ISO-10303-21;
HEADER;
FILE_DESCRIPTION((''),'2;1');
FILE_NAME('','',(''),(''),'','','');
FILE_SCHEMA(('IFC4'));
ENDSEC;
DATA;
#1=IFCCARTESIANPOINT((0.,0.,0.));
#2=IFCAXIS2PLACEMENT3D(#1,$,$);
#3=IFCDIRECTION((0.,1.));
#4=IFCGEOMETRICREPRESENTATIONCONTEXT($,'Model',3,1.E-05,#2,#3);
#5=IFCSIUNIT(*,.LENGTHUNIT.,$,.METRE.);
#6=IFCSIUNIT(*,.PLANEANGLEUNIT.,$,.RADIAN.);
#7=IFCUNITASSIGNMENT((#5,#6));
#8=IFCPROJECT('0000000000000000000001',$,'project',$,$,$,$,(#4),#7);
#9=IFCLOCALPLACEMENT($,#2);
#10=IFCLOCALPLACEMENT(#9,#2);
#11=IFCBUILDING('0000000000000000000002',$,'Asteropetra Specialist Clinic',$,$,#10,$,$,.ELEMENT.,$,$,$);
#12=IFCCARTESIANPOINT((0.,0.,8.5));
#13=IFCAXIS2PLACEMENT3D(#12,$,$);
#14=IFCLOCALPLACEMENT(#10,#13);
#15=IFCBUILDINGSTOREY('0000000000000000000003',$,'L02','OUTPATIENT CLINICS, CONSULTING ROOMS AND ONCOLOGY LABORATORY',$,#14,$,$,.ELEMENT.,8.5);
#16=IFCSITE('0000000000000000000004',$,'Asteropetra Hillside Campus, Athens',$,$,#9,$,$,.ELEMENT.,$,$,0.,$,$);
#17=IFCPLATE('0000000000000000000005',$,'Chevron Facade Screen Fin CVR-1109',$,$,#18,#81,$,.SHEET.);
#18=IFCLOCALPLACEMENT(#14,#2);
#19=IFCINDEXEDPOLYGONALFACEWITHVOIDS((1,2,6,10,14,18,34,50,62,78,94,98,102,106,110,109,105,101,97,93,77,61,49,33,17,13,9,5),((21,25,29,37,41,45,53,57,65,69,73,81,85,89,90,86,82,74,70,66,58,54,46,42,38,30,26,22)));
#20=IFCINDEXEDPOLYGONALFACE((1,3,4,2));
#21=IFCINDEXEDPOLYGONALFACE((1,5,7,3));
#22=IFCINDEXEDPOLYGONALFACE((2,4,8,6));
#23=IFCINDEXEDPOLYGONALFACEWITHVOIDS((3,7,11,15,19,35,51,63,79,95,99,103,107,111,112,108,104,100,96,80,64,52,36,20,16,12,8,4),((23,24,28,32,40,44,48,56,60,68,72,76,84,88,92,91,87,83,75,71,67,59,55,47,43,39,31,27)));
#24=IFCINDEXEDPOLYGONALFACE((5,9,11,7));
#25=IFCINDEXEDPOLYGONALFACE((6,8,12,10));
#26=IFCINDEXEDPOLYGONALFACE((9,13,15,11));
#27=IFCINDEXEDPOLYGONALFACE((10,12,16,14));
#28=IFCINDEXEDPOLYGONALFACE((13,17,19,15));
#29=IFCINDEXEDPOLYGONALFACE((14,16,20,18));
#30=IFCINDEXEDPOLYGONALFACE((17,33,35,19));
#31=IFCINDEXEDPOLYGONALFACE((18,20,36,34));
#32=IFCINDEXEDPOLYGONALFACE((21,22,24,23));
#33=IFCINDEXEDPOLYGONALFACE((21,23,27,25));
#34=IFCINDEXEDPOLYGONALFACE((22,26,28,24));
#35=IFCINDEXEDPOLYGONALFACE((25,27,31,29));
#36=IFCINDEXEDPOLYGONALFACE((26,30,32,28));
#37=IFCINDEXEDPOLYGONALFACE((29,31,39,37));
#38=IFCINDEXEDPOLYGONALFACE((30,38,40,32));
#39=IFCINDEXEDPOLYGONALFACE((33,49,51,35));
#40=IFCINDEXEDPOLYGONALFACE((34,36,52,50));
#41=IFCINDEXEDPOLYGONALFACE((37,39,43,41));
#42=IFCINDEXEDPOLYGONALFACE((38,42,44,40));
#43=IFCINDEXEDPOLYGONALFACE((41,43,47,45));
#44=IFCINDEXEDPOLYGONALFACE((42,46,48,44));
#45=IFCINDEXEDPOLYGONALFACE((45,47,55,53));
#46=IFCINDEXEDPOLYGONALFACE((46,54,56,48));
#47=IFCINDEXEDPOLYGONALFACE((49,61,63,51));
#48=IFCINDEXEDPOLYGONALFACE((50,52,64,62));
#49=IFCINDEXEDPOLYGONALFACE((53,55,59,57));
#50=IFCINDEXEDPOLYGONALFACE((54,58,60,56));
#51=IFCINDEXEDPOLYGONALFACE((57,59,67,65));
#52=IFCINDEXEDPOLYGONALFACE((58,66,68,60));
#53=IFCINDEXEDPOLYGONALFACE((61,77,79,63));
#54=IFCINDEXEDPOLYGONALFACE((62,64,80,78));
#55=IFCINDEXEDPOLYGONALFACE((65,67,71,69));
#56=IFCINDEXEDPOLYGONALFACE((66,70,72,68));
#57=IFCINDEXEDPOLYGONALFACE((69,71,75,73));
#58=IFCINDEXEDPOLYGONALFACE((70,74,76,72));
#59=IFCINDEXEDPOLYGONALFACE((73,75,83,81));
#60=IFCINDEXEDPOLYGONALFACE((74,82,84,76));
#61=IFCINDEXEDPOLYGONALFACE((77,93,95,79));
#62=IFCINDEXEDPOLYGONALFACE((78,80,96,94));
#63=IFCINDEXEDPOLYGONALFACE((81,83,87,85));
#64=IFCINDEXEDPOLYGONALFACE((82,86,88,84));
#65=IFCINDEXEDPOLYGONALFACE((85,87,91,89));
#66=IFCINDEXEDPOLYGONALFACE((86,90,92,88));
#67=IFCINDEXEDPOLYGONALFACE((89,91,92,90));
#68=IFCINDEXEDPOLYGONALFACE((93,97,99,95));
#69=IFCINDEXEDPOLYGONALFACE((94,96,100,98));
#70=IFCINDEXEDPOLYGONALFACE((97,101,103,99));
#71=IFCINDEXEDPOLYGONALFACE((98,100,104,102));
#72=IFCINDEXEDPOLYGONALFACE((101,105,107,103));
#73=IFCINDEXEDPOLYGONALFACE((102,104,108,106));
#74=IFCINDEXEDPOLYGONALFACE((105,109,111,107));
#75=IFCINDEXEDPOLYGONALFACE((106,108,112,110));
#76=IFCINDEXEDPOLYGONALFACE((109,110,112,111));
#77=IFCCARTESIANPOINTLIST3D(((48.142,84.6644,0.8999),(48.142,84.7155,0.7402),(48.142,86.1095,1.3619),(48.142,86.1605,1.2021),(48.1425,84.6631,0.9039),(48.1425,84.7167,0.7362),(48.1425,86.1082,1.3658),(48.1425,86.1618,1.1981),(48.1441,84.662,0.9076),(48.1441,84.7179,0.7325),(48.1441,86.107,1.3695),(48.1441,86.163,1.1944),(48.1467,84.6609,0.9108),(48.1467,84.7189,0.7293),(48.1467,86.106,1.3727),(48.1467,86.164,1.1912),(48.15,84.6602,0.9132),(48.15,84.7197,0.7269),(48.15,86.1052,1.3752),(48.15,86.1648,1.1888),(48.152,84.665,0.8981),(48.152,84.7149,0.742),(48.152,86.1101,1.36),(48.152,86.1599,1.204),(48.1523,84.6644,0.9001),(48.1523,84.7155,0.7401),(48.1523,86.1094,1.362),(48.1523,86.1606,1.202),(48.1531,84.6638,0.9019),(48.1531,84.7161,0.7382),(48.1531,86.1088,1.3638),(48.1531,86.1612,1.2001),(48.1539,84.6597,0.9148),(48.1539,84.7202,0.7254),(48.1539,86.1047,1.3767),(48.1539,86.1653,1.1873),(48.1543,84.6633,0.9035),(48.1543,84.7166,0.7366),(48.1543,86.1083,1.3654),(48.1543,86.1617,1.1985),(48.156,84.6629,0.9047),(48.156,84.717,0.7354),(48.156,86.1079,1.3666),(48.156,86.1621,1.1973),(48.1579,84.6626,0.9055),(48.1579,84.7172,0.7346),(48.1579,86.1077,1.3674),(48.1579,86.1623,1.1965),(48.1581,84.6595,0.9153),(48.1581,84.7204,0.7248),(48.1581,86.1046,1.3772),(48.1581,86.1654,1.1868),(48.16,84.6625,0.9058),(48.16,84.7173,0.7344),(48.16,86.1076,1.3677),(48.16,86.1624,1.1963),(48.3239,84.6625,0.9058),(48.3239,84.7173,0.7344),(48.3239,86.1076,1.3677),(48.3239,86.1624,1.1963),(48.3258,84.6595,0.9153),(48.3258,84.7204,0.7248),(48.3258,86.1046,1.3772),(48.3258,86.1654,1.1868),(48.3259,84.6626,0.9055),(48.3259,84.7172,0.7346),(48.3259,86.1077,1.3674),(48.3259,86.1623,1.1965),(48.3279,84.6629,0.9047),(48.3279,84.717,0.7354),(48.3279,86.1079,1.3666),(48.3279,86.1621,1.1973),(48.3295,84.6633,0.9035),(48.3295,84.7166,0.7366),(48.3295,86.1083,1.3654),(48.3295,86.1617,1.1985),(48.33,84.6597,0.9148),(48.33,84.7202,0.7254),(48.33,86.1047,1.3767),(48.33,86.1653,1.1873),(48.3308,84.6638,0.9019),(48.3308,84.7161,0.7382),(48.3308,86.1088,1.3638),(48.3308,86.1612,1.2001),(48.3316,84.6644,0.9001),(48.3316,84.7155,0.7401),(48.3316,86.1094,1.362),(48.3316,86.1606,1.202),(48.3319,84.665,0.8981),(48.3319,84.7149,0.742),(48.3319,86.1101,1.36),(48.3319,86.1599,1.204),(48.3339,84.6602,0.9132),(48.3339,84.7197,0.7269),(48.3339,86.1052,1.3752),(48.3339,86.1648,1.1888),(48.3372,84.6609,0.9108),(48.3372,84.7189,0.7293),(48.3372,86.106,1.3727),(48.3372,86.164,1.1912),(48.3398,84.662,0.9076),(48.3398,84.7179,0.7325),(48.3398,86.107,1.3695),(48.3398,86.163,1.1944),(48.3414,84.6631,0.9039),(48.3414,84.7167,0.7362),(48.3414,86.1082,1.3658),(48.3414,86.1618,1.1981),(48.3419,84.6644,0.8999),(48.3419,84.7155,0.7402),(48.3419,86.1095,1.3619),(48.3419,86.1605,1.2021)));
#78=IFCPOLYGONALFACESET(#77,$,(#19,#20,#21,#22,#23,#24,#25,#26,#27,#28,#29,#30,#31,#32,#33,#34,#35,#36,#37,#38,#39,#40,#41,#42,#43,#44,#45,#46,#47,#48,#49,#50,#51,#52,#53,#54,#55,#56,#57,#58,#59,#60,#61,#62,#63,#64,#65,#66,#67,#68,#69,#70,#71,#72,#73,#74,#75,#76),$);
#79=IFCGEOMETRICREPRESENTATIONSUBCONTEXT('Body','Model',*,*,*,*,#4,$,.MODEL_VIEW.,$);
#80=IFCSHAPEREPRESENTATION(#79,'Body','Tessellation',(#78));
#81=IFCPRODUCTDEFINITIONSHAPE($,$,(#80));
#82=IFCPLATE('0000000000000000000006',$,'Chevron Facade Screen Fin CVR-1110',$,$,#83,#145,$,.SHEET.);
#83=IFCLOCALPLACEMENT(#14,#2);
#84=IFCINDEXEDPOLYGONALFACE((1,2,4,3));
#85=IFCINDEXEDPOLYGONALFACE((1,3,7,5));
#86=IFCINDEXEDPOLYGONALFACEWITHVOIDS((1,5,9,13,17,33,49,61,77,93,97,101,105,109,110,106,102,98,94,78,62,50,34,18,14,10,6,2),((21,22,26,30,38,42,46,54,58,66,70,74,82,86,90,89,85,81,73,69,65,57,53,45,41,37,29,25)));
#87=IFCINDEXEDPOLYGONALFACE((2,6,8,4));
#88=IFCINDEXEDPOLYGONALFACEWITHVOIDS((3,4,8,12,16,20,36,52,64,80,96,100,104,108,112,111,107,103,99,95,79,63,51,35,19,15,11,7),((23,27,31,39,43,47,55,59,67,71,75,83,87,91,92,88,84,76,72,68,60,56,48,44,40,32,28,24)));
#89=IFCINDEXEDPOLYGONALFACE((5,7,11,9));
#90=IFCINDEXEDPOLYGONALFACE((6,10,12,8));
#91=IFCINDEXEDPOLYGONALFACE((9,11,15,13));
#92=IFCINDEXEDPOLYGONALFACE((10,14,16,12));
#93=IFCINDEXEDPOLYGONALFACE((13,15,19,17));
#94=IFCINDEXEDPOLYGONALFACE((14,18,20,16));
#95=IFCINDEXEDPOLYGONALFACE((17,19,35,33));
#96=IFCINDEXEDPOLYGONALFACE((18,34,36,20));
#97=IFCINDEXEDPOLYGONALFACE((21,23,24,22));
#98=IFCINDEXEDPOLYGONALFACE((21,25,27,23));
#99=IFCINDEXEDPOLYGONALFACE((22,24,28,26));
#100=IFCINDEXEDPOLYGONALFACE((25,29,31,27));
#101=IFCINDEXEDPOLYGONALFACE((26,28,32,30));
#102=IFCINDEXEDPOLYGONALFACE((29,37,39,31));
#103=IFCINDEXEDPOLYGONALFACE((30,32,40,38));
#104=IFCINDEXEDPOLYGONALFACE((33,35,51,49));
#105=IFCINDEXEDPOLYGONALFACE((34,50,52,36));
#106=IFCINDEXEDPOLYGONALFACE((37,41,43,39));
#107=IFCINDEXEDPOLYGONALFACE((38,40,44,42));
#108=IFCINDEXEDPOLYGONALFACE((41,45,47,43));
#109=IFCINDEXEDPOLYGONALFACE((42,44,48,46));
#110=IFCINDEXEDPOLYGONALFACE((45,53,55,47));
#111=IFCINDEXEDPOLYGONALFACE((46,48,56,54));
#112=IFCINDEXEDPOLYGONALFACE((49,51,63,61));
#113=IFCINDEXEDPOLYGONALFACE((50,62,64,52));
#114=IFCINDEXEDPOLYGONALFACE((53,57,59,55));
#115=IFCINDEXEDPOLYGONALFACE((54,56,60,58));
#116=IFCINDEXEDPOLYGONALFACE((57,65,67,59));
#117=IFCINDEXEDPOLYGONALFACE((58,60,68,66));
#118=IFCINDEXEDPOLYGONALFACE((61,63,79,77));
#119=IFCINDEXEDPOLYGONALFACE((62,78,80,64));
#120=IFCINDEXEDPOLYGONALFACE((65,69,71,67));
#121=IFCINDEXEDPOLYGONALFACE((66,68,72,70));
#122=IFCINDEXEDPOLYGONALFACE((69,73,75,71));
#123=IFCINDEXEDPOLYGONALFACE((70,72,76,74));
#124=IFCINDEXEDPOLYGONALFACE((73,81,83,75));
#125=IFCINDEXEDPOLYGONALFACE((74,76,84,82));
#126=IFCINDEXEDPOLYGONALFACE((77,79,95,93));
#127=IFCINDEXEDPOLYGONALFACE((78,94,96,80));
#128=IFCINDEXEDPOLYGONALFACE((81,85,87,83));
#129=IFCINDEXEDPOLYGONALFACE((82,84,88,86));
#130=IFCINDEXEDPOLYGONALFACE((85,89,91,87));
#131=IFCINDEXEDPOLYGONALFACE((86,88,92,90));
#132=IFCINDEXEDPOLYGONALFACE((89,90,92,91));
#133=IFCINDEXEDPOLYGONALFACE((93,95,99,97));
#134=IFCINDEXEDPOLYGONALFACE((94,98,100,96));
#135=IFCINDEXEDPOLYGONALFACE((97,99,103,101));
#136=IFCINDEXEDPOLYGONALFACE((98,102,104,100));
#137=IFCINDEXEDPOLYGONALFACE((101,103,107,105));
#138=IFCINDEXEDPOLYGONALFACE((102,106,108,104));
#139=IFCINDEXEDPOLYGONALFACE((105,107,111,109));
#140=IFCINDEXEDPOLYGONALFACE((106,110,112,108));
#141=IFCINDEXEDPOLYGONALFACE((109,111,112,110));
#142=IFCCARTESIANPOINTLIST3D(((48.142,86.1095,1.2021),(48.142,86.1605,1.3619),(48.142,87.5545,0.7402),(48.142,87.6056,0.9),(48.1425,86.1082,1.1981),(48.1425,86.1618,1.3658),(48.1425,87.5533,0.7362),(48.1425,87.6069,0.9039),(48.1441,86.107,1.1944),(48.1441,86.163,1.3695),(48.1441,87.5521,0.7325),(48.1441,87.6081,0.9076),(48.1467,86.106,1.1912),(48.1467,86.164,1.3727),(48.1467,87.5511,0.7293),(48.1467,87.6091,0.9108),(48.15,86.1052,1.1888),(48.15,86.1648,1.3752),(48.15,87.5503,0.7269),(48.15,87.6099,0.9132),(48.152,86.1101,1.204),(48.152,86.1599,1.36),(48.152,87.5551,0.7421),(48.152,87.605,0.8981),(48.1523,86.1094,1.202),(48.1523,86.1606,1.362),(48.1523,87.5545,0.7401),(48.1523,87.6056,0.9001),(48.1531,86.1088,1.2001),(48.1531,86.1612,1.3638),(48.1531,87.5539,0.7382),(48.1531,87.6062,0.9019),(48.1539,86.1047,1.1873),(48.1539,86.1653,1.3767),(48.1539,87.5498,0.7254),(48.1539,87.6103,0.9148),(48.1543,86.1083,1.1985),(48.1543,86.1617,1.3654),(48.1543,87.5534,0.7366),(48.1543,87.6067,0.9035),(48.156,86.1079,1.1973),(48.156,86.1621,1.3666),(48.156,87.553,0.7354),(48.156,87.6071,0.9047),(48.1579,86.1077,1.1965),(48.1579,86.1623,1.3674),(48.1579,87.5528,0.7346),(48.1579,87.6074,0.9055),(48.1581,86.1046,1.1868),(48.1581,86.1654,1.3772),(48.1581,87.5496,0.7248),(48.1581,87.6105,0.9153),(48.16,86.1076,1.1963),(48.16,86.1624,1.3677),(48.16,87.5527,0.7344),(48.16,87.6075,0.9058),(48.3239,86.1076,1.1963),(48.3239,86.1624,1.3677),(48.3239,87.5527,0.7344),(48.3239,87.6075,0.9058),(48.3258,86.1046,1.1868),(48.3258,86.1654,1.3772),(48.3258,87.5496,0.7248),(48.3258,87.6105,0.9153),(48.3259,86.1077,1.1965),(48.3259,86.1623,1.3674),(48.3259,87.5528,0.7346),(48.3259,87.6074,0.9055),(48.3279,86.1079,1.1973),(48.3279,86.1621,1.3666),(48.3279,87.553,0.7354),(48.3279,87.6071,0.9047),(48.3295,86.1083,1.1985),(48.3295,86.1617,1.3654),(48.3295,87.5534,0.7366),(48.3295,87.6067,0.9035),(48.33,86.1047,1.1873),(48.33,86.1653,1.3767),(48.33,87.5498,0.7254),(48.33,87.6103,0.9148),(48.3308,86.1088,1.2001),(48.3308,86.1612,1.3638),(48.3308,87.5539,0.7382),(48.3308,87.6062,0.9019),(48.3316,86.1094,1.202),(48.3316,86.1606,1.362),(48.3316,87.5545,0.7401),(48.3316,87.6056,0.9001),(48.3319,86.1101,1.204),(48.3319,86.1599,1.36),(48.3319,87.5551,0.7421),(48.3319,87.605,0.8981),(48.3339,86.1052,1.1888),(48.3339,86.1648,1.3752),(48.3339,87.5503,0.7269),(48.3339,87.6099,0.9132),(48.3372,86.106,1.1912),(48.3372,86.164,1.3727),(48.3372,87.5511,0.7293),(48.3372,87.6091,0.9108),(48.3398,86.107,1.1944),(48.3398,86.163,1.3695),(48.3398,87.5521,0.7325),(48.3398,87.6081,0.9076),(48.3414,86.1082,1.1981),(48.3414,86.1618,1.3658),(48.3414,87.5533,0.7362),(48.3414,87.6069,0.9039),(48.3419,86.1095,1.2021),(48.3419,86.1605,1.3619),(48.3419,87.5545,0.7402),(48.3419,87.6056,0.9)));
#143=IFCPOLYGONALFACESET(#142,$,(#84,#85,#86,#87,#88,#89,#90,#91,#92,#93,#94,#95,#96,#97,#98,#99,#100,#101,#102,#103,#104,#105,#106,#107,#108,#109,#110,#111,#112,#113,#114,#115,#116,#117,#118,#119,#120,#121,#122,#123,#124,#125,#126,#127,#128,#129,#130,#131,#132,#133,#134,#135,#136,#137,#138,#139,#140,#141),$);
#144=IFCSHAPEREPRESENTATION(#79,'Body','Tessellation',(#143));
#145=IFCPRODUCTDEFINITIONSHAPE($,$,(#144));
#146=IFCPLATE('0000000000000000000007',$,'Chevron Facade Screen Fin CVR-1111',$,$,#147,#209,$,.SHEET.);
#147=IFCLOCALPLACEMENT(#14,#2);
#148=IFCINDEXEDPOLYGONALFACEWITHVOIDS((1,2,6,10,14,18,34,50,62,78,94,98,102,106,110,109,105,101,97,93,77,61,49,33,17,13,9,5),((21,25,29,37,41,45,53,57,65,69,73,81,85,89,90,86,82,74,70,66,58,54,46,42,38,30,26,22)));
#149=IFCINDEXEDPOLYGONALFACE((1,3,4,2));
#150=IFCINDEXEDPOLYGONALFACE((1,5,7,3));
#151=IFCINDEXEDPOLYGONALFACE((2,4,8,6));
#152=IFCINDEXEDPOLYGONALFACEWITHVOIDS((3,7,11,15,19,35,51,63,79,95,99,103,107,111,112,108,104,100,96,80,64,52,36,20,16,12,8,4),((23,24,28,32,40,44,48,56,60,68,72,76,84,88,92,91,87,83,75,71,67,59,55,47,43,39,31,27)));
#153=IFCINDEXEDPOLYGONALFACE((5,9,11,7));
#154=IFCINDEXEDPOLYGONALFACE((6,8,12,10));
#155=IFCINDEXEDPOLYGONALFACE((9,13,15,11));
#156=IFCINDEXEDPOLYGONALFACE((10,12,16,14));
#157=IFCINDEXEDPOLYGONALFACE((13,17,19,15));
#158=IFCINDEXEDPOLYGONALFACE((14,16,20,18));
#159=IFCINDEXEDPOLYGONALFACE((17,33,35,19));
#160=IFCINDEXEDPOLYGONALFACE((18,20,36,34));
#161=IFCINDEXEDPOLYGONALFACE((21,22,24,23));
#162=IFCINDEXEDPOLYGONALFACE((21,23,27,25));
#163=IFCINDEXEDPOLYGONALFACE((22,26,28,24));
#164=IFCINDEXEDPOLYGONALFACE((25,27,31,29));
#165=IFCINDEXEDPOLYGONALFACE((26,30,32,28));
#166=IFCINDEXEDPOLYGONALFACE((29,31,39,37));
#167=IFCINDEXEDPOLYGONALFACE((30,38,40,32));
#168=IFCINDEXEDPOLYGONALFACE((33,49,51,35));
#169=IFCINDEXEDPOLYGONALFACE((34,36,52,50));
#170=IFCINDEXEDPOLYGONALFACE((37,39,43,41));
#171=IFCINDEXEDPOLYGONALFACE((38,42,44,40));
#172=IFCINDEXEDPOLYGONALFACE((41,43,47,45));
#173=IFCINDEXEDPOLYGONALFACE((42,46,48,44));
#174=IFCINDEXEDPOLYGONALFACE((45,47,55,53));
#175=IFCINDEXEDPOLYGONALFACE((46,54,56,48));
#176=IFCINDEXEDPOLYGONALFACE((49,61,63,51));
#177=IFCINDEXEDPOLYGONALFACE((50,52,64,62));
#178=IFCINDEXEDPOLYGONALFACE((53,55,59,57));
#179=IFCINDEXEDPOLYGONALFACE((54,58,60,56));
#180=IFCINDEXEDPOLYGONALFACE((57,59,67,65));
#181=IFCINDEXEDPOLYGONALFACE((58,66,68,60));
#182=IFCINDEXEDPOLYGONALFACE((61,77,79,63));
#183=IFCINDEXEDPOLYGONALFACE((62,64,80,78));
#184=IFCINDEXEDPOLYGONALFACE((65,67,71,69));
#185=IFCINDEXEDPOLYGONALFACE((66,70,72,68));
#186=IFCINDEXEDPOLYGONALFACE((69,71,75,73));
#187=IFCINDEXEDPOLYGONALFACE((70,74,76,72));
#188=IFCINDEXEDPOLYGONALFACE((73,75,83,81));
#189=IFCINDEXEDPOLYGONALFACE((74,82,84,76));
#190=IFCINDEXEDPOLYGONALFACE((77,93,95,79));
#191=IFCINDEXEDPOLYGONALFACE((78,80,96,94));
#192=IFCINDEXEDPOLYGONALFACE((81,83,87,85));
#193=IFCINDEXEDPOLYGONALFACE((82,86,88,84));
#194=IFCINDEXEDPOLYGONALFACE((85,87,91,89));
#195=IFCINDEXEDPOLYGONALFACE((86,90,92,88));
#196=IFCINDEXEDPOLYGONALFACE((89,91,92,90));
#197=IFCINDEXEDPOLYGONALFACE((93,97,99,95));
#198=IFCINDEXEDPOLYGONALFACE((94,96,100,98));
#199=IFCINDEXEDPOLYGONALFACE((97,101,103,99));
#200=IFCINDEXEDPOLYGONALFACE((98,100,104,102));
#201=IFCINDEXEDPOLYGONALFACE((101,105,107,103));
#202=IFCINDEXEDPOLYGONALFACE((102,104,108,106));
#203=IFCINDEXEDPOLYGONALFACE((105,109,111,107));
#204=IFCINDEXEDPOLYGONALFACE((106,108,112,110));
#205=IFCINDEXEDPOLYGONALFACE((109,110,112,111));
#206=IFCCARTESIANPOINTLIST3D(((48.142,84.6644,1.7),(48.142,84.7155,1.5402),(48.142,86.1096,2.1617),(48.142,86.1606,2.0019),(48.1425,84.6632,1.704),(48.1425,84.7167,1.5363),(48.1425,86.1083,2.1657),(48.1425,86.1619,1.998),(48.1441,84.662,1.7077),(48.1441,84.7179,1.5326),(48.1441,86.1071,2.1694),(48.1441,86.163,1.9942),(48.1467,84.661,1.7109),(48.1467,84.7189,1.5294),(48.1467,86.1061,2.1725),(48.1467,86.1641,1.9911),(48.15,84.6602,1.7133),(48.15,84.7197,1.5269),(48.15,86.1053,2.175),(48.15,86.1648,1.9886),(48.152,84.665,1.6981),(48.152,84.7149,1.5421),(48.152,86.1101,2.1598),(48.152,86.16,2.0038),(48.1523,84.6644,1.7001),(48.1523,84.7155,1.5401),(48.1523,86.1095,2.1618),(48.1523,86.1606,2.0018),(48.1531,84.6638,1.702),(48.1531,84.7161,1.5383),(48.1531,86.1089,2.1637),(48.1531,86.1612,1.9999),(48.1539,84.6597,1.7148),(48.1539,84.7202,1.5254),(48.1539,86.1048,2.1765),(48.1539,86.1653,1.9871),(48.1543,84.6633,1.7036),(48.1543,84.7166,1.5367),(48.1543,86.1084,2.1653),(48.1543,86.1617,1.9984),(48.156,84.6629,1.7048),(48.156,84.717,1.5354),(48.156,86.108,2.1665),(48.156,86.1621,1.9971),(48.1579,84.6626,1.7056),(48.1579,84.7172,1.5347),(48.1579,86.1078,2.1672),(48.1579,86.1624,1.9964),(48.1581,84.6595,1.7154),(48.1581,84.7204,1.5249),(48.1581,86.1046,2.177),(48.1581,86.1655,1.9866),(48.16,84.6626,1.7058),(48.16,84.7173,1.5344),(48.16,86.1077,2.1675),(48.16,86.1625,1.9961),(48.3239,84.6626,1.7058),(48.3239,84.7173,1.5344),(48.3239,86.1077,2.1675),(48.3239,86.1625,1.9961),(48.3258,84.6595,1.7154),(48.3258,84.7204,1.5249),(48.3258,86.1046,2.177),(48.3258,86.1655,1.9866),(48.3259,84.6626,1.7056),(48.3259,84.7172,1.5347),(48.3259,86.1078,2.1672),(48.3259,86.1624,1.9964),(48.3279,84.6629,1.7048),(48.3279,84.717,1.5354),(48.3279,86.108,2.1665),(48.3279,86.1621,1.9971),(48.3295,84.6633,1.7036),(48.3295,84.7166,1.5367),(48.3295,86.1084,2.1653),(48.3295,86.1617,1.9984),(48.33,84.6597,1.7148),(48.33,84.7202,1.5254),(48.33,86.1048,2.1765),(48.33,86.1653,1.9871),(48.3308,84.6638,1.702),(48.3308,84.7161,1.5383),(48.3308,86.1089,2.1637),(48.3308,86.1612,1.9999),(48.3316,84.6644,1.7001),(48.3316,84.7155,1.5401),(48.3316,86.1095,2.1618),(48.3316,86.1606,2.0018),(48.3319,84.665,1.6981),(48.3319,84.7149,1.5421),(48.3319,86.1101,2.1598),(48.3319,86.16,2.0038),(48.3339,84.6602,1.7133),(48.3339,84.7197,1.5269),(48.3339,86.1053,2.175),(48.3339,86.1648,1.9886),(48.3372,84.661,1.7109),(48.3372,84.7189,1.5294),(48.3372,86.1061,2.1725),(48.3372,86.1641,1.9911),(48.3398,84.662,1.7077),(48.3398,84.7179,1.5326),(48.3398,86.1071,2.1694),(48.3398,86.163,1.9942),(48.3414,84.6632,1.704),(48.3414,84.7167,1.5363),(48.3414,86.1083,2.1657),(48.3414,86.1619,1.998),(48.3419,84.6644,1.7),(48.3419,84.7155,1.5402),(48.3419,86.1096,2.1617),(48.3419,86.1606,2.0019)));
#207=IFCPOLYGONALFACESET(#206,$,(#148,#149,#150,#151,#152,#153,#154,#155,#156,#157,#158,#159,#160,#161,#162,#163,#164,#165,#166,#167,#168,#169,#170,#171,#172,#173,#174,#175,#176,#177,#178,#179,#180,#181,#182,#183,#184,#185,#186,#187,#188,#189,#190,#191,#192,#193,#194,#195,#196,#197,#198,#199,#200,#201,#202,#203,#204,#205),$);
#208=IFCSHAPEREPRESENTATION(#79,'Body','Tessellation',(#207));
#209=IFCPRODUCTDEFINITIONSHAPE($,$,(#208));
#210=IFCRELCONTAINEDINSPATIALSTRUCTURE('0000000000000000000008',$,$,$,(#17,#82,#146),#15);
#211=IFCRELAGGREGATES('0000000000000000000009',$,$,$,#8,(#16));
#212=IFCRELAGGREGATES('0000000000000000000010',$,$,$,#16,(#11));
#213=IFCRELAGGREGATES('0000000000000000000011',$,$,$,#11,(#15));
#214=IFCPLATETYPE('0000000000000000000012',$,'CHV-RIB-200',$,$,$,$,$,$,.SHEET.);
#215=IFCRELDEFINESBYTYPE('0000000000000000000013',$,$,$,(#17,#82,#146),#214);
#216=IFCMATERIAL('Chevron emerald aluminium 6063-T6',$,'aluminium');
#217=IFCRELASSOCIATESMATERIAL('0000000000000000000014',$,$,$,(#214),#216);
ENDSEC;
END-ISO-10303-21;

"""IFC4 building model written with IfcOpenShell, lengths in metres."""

from ifc_helpers import new_model, si_unit, direction, frame, origin, origin_2d, place, context, subcontext, project, spatial, hollow_rectangle, extrude, material, material_profile, profile_set, type_object, element, save


model = new_model("IFC4")

# Units and contexts
model_context = context("Model", 3, precision=1e-05, world=origin(), true_north=direction((0.0, 1.0)))
body_context = subcontext(model_context, "Body", "Model", "MODEL_VIEW")
ifc_project = project(units=[si_unit("LENGTHUNIT", "METRE"), si_unit("PLANEANGLEUNIT", "RADIAN")], contexts=[model_context])

# Site, building, storey
site_placement = place(None, origin())
site = spatial("IfcSite", under=ifc_project, at=site_placement, Name="Asteropetra Hillside Campus, Athens", CompositionType="ELEMENT", RefElevation=0.0)
building_placement = place(site_placement, origin())
building = spatial("IfcBuilding", under=site, at=building_placement, Name="Asteropetra Specialist Clinic", CompositionType="ELEMENT")
storey_placement = place(building_placement, frame((0.0, 0.0, 8.5)))
storey = spatial("IfcBuildingStorey", under=building, at=storey_placement, Name="L02", Description="OUTPATIENT CLINICS, CONSULTING ROOMS AND ONCOLOGY LABORATORY", CompositionType="ELEMENT", Elevation=8.5)

# Plates
ifc_material_1 = material(Name="Chevron emerald aluminium 6063-T6", Category="aluminium")
ifc_material_profile_1 = material_profile(ifc_material_1, hollow_rectangle(XDim=0.2, YDim=0.2, WallThickness=0.01, InnerFilletRadius=0.0081, OuterFilletRadius=0.0161, at=origin_2d()), Name="SHS 200x200x10.0")
ifc_profile_set_1 = profile_set([ifc_material_profile_1], Name="Chevron emerald aluminium 6063-T6")
plate_type_1 = type_object("IfcPlateType", Name="CHV-RIB-200", PredefinedType="SHEET", material=ifc_profile_set_1)
for number, where, z_axis, x_axis, name in (
    (1, (48.2419, 84.6899, 0.8201), (0.0, 0.952521, 0.304472), (-1.0, 0.0, 0.0), "Chevron Facade Screen Fin CVR-1109"),
    (2, (48.2419, 86.135, 1.282), (0.0, 0.952521, -0.304472), (-1.0, 0.0, 0.0), "Chevron Facade Screen Fin CVR-1110"),
    (3, (48.2419, 84.6899, 1.6201), (0.0, 0.952568, 0.304326), (-1.0, 0.0, 0.0), "Chevron Facade Screen Fin CVR-1111"),
):
    element("IfcPlate", number, at=place(storey_placement, frame(where, z_axis=z_axis, x_axis=x_axis)), inside=storey, type_object=plate_type_1, Name=name, PredefinedType="SHEET", context=body_context, shape_type="SweptSolid", body=[
        extrude(hollow_rectangle(XDim=0.2, YDim=0.2, WallThickness=0.01, InnerFilletRadius=0.0081, OuterFilletRadius=0.0161, at=origin_2d()), origin(), (0.0, 0.0, 1.0), 1.5171),
    ])

save(model, "model.ifc")
